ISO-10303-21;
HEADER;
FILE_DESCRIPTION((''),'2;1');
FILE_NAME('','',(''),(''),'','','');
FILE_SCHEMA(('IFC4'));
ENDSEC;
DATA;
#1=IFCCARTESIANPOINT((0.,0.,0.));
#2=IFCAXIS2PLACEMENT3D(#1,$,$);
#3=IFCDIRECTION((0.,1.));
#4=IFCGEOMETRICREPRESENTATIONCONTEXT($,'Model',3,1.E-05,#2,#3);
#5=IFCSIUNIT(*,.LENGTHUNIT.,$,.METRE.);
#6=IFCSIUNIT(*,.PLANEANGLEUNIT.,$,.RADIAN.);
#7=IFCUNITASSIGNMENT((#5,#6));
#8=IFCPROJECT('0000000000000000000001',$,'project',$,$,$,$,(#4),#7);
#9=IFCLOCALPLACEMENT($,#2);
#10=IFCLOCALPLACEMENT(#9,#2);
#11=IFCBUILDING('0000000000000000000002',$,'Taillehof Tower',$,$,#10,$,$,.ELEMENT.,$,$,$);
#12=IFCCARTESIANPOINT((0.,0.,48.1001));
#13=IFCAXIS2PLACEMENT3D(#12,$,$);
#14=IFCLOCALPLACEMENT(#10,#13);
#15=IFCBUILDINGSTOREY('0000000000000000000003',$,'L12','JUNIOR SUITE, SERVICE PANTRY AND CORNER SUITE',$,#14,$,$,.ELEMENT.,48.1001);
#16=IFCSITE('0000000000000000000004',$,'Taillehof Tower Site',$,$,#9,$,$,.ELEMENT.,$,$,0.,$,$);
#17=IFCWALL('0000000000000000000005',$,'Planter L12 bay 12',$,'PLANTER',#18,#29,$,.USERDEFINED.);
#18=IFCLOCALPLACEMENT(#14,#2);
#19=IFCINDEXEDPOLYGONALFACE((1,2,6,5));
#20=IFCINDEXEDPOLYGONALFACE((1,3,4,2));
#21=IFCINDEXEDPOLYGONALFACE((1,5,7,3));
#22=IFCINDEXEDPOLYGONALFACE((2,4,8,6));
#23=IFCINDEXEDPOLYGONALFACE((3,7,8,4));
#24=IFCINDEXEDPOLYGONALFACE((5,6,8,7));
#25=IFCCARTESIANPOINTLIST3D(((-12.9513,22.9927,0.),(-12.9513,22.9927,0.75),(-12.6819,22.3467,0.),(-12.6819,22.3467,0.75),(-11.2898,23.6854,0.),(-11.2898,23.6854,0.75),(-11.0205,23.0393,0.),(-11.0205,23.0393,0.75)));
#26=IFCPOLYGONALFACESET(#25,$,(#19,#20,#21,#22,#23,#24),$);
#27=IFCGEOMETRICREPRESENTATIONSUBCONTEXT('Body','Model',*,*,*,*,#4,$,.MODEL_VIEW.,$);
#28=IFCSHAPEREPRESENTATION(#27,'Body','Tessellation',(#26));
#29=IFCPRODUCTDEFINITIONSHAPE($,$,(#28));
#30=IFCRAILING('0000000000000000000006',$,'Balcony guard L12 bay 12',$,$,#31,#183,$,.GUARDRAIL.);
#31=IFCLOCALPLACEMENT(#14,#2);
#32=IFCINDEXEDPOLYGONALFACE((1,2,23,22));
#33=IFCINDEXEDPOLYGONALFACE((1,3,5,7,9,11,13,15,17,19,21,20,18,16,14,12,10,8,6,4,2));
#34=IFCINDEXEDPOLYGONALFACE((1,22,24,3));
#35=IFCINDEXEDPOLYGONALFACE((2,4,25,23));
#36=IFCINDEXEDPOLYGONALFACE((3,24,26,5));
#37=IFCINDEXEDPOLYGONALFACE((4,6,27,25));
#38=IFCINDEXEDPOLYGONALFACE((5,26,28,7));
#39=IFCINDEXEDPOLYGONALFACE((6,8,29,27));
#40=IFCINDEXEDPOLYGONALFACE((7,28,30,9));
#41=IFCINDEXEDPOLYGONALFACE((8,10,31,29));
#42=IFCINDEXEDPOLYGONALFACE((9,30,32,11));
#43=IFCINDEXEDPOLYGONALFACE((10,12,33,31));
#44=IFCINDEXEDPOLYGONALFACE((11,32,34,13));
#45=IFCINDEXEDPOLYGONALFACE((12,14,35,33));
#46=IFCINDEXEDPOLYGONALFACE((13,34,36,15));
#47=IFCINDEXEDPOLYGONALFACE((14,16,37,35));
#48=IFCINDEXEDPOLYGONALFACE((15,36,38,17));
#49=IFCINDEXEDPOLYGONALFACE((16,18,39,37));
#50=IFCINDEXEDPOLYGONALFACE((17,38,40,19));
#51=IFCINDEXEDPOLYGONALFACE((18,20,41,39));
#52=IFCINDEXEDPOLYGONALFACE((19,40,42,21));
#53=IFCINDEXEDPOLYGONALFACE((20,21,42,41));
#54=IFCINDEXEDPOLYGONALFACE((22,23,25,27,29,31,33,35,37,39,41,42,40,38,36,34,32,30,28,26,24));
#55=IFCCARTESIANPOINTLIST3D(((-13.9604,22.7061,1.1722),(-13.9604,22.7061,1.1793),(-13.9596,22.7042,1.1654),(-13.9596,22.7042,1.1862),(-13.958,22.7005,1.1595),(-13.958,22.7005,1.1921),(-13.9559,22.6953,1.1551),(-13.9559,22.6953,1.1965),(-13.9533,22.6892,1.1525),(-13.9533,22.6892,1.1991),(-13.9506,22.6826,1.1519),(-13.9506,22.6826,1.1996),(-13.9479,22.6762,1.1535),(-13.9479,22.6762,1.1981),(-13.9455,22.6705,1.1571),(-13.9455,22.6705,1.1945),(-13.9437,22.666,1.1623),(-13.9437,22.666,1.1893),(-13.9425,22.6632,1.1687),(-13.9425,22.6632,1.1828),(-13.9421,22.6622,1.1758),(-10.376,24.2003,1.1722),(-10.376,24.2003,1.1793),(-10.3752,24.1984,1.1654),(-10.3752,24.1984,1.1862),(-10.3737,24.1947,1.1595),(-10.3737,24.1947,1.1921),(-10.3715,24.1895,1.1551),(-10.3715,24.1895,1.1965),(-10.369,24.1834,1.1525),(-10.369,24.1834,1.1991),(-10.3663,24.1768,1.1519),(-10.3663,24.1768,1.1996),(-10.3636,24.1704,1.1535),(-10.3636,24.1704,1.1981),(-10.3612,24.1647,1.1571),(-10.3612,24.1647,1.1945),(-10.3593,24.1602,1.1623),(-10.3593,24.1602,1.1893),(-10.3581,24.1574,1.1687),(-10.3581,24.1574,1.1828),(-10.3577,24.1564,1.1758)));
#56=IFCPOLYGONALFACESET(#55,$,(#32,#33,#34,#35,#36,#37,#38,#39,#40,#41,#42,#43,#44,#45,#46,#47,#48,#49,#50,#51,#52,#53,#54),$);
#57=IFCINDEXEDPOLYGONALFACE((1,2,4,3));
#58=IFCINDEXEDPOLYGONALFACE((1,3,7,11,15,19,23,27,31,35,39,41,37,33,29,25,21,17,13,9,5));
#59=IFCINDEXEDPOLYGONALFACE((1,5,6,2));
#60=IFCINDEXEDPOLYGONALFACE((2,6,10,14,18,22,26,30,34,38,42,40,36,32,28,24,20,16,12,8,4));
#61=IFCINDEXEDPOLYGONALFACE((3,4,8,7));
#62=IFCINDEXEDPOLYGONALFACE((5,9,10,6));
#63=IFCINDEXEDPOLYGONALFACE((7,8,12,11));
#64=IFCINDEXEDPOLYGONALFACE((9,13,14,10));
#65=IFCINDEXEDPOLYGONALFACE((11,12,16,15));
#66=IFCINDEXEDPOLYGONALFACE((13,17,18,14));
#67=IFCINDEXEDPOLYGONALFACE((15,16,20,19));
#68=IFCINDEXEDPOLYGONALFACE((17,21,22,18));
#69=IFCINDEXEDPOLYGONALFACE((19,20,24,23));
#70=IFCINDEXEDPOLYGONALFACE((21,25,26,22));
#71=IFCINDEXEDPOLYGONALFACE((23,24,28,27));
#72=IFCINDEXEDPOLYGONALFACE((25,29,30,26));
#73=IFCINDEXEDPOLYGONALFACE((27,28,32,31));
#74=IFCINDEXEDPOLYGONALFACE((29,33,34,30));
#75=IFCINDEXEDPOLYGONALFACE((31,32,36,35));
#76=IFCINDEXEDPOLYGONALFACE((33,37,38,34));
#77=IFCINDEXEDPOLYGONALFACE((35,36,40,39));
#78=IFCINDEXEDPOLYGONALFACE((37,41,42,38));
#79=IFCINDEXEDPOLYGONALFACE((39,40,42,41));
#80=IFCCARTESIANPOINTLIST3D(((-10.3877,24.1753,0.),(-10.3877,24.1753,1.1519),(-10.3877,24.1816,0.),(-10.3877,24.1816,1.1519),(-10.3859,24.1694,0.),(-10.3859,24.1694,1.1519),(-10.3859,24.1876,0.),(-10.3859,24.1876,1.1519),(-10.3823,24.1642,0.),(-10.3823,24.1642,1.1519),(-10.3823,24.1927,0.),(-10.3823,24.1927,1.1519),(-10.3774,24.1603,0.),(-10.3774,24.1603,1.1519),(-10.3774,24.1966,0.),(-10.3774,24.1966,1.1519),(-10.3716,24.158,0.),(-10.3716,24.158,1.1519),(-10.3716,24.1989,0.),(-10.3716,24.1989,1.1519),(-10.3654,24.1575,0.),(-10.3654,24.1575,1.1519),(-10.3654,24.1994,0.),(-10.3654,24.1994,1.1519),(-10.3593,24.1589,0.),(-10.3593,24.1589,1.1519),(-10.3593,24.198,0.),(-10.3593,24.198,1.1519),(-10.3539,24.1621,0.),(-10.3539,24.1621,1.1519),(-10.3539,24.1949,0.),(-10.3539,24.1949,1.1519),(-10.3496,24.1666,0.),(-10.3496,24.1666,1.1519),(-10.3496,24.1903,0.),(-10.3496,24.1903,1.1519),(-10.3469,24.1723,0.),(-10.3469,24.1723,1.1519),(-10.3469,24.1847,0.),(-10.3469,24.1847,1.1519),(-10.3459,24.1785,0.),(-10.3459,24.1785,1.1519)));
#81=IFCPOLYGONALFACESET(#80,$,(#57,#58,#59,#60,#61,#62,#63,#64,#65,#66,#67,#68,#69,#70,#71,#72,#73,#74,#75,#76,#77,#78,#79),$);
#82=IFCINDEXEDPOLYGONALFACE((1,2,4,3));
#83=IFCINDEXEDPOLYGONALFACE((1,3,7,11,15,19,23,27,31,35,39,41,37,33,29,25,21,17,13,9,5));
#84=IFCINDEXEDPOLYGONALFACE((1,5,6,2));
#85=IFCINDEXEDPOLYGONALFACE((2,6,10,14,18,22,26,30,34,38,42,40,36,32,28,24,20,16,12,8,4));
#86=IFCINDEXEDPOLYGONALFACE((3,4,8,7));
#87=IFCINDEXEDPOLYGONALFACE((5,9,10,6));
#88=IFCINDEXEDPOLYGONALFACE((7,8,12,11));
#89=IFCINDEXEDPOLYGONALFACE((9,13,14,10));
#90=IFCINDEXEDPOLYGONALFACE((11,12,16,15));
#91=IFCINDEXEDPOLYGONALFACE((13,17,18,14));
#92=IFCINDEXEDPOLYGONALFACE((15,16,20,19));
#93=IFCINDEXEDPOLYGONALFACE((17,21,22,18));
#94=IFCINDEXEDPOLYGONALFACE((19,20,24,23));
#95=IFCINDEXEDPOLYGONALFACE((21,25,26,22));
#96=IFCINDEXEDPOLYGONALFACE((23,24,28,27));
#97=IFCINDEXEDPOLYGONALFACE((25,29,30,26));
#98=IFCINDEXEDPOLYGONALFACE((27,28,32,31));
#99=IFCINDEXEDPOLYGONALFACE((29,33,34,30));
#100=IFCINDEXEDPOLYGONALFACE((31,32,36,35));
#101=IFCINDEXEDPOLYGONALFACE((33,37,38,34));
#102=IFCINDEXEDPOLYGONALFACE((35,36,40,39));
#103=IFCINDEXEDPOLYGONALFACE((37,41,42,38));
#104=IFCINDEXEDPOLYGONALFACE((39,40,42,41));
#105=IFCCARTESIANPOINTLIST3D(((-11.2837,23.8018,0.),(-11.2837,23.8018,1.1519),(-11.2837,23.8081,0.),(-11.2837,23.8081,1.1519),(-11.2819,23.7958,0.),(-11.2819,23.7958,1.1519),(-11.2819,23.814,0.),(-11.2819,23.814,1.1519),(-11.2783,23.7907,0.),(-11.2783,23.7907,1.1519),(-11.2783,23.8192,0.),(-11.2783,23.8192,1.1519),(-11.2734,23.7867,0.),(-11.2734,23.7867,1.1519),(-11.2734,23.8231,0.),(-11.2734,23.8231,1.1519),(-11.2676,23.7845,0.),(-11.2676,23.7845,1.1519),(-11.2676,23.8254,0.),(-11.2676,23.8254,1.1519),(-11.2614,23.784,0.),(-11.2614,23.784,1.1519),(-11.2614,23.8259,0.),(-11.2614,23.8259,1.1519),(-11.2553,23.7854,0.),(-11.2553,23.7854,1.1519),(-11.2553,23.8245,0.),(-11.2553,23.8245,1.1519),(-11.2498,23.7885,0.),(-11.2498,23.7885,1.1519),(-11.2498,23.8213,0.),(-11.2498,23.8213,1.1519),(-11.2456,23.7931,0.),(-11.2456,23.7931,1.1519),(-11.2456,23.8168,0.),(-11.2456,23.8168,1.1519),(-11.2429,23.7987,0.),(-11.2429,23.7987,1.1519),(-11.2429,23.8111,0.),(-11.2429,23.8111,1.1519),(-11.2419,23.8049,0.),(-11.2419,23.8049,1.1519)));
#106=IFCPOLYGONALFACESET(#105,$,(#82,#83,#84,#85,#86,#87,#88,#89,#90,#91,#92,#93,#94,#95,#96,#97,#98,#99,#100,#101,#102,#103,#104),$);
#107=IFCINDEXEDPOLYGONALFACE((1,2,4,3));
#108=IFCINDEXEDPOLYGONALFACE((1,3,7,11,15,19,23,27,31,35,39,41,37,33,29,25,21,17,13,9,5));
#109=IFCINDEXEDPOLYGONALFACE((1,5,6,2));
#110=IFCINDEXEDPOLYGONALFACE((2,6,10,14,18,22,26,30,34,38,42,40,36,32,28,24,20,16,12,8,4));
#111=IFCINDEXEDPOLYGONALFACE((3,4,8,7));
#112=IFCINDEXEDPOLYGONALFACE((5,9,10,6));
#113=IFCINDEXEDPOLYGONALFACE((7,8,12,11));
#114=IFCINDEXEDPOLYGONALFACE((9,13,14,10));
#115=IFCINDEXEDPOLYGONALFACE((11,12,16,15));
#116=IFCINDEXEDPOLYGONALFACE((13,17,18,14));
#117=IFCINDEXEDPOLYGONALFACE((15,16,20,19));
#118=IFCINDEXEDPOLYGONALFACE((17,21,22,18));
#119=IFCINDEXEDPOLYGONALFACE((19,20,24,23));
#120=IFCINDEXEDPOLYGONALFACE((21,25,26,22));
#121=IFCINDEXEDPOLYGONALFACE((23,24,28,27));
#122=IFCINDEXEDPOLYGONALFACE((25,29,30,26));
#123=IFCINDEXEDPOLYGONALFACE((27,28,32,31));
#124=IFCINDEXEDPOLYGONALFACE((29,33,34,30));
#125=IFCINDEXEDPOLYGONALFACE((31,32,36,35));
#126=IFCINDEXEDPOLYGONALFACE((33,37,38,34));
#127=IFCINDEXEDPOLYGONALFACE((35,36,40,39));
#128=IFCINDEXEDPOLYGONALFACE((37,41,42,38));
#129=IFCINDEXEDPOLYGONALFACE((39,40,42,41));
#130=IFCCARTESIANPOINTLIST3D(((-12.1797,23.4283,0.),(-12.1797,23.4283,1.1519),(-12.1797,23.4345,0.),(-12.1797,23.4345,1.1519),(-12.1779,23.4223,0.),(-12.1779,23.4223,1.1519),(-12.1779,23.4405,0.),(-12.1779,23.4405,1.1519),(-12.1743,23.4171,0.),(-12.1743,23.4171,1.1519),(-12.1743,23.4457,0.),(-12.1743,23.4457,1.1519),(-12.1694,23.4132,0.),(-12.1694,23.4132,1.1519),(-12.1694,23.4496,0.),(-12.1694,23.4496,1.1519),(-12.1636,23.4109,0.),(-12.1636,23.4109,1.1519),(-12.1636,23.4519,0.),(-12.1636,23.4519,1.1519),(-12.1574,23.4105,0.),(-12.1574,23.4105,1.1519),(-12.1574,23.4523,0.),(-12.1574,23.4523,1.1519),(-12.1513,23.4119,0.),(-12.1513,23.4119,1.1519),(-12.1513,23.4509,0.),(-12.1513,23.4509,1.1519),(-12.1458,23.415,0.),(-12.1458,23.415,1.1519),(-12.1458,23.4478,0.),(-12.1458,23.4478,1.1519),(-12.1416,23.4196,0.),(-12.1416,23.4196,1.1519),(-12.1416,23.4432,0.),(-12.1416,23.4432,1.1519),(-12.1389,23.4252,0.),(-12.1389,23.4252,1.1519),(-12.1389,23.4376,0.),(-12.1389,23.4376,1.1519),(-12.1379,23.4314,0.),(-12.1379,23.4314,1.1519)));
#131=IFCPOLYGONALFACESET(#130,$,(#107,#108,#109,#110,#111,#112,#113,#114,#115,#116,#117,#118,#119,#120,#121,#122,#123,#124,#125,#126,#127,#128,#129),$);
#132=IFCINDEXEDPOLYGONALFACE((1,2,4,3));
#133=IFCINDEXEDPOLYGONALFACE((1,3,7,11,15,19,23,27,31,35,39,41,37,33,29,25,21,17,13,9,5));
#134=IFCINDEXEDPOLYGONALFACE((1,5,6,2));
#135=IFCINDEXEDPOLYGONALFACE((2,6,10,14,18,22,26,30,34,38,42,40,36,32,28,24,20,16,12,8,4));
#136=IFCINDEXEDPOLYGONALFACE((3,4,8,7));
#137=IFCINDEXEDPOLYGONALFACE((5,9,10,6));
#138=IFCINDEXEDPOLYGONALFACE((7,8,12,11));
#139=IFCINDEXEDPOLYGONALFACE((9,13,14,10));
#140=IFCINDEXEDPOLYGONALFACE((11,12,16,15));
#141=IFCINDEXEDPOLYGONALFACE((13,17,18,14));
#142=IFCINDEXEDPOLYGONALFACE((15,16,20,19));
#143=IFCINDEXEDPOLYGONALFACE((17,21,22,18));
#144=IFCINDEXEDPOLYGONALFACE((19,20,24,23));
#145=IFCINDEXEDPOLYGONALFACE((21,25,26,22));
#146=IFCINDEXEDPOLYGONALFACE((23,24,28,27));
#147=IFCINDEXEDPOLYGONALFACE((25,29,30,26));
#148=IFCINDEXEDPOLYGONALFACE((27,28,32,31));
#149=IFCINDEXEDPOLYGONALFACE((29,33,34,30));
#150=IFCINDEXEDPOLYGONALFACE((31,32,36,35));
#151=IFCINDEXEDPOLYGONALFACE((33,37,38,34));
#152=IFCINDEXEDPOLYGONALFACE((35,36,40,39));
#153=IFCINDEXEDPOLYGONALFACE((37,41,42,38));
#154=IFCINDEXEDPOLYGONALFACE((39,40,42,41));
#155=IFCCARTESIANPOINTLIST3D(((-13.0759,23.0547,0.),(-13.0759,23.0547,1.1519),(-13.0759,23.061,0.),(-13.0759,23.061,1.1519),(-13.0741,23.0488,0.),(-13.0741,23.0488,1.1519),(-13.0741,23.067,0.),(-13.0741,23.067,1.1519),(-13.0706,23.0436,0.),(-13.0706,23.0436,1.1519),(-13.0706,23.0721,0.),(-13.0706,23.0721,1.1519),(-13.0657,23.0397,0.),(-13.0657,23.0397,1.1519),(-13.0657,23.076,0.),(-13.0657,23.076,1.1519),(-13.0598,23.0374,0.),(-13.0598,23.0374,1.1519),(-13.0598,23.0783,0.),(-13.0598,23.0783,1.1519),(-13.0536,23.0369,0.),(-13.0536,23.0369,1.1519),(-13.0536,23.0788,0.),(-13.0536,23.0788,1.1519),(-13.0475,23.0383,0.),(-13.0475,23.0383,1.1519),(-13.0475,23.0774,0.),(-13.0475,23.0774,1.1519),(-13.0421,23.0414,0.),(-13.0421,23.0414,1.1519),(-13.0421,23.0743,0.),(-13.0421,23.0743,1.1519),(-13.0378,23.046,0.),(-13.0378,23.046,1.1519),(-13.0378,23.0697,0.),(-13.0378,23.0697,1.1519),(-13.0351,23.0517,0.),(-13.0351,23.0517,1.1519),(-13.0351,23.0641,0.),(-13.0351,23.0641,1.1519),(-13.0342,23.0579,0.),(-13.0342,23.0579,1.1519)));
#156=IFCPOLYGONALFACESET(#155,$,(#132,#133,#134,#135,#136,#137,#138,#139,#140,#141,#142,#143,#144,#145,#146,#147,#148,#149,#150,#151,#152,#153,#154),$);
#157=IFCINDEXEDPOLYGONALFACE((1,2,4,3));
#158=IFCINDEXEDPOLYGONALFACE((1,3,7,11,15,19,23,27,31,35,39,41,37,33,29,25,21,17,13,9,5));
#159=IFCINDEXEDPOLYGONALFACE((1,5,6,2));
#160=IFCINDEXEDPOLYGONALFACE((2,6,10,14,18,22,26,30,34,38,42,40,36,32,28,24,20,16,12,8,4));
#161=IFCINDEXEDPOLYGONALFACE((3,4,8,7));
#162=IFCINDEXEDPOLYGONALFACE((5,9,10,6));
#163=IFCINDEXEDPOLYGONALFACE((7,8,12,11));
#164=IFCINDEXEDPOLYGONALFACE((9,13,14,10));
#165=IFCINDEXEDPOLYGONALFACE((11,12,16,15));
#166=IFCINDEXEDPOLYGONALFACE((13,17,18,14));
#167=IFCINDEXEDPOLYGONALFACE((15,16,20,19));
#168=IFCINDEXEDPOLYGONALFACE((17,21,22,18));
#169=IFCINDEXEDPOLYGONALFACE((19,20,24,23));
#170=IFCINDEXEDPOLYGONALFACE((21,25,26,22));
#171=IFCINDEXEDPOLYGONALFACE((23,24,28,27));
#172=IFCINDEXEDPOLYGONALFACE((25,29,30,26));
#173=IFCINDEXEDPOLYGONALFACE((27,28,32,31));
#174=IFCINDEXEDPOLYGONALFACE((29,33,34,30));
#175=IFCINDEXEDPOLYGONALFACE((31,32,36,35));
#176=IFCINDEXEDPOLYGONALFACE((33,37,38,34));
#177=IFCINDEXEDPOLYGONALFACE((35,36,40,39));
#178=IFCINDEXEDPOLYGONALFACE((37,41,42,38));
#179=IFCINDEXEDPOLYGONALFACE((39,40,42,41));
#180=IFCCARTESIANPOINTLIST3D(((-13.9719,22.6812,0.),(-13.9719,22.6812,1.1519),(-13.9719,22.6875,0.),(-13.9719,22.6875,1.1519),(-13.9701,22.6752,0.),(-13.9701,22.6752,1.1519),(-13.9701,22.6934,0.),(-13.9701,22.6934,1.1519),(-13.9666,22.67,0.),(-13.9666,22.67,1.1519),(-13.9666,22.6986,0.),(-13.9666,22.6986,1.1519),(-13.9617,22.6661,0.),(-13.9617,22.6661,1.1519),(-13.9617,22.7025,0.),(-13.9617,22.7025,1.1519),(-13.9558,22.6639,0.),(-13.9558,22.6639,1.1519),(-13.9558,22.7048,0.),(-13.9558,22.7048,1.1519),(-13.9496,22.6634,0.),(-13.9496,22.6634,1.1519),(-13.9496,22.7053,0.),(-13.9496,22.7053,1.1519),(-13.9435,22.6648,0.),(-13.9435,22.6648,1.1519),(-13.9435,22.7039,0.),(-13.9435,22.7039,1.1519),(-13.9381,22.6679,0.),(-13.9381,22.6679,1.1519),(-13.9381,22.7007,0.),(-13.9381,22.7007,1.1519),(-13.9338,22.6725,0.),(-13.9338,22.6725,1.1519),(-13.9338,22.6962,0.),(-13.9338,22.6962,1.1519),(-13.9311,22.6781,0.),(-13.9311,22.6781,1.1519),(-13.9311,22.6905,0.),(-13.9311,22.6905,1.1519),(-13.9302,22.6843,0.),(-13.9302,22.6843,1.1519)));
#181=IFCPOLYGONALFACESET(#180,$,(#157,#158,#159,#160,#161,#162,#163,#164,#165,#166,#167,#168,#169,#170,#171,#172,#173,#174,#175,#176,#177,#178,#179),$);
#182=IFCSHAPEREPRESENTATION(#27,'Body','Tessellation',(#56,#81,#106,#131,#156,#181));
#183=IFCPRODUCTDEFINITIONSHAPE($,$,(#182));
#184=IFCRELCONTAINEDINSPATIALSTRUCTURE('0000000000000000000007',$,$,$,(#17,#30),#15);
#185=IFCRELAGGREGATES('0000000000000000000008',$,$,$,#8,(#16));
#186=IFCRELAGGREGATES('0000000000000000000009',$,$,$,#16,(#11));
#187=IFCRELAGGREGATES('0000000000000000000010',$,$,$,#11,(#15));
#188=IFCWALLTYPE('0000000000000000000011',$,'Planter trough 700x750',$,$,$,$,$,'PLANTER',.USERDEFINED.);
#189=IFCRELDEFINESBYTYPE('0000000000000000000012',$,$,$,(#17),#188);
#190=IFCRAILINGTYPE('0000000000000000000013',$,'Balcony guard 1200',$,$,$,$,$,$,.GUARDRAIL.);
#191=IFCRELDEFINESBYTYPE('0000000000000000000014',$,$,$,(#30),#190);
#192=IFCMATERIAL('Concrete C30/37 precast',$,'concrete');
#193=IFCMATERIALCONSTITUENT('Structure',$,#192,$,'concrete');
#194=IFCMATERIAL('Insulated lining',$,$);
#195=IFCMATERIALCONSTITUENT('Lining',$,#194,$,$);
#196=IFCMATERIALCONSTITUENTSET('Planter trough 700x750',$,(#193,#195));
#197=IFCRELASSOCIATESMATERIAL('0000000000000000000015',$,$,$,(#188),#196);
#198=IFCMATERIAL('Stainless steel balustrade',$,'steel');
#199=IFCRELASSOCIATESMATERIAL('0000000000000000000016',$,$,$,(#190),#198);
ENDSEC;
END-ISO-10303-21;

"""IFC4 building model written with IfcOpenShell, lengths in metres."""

from ifc_helpers import new_model, si_unit, direction, frame, frame_2d, origin, origin_2d, place, context, subcontext, project, spatial, rectangle, circle, extrude, material, constituent, constituent_set, type_object, element, save


model = new_model("IFC4")

# Units and contexts
model_context = context("Model", 3, precision=1e-05, world=origin(), true_north=direction((0.0, 1.0)))
body_context = subcontext(model_context, "Body", "Model", "MODEL_VIEW")
ifc_project = project(units=[si_unit("LENGTHUNIT", "METRE"), si_unit("PLANEANGLEUNIT", "RADIAN")], contexts=[model_context])

# Site, building, storey
site_placement = place(None, origin())
site = spatial("IfcSite", under=ifc_project, at=site_placement, Name="Taillehof Tower Site", CompositionType="ELEMENT", RefElevation=0.0)
building_placement = place(site_placement, origin())
building = spatial("IfcBuilding", under=site, at=building_placement, Name="Taillehof Tower", CompositionType="ELEMENT")
storey_placement = place(building_placement, frame((0.0, 0.0, 48.1001)))
storey = spatial("IfcBuildingStorey", under=building, at=storey_placement, Name="L12", Description="JUNIOR SUITE, SERVICE PANTRY AND CORNER SUITE", CompositionType="ELEMENT", Elevation=48.1001)

# Wall
ifc_material_1 = material(Name="Concrete C30/37 precast", Category="concrete")
ifc_constituent_1 = constituent(ifc_material_1, Name="Structure", Category="concrete")
ifc_material_2 = material(Name="Insulated lining")
ifc_constituent_2 = constituent(ifc_material_2, Name="Lining")
ifc_constituent_set = constituent_set(constituents=[ifc_constituent_1, ifc_constituent_2], Name="Planter trough 700x750")
wall_type_1 = type_object("IfcWallType", Name="Planter trough 700x750", ElementType="PLANTER", PredefinedType="USERDEFINED", material=ifc_constituent_set)
wall_1_placement = place(storey_placement, frame((-11.1553, 23.3623, 0.0), z_axis=(0.0, 0.0, 1.0), x_axis=(-0.923001, -0.384798, 0.0)))
element("IfcWall", 1, at=wall_1_placement, inside=storey, type_object=wall_type_1, Name="Planter L12 bay 12", ObjectType="PLANTER", PredefinedType="USERDEFINED", context=body_context, shape_type="SweptSolid", body=[
    extrude(rectangle(XDim=1.8, YDim=0.7, at=frame_2d((0.8999, 0.0))), origin(), (0.0, 0.0, 1.0), 0.75),
])

# Railing
ifc_material_3 = material(Name="Stainless steel balustrade", Category="steel")
railing_type = type_object("IfcRailingType", Name="Balcony guard 1200", PredefinedType="GUARDRAIL", material=ifc_material_3)
railing_placement = place(storey_placement, frame((-10.3669, 24.1785, 0.0)))
element("IfcRailing", 2, at=railing_placement, inside=storey, type_object=railing_type, Name="Balcony guard L12 bay 12", PredefinedType="GUARDRAIL", context=body_context, shape_type="SweptSolid", body=[
    extrude(circle(Radius=0.0239, at=origin_2d()), frame((0.0, 0.0, 1.1758), z_axis=(-0.923012, -0.384772, 0.0), x_axis=(0.384772, -0.923012, 0.0)), (0.0, 0.0, 1.0), 3.8833),
    extrude(circle(Radius=0.021, at=origin_2d()), origin(), (0.0, 0.0, 1.0), 1.1519),
    extrude(circle(Radius=0.021, at=origin_2d()), frame((-0.896, -0.3735, 0.0)), (0.0, 0.0, 1.0), 1.1519),
    extrude(circle(Radius=0.021, at=origin_2d()), frame((-1.792, -0.7471, 0.0)), (0.0, 0.0, 1.0), 1.1519),
    extrude(circle(Radius=0.021, at=origin_2d()), frame((-2.6882, -1.1206, 0.0)), (0.0, 0.0, 1.0), 1.1519),
    extrude(circle(Radius=0.021, at=origin_2d()), frame((-3.5842, -1.4941, 0.0)), (0.0, 0.0, 1.0), 1.1519),
])

save(model, "model.ifc")
